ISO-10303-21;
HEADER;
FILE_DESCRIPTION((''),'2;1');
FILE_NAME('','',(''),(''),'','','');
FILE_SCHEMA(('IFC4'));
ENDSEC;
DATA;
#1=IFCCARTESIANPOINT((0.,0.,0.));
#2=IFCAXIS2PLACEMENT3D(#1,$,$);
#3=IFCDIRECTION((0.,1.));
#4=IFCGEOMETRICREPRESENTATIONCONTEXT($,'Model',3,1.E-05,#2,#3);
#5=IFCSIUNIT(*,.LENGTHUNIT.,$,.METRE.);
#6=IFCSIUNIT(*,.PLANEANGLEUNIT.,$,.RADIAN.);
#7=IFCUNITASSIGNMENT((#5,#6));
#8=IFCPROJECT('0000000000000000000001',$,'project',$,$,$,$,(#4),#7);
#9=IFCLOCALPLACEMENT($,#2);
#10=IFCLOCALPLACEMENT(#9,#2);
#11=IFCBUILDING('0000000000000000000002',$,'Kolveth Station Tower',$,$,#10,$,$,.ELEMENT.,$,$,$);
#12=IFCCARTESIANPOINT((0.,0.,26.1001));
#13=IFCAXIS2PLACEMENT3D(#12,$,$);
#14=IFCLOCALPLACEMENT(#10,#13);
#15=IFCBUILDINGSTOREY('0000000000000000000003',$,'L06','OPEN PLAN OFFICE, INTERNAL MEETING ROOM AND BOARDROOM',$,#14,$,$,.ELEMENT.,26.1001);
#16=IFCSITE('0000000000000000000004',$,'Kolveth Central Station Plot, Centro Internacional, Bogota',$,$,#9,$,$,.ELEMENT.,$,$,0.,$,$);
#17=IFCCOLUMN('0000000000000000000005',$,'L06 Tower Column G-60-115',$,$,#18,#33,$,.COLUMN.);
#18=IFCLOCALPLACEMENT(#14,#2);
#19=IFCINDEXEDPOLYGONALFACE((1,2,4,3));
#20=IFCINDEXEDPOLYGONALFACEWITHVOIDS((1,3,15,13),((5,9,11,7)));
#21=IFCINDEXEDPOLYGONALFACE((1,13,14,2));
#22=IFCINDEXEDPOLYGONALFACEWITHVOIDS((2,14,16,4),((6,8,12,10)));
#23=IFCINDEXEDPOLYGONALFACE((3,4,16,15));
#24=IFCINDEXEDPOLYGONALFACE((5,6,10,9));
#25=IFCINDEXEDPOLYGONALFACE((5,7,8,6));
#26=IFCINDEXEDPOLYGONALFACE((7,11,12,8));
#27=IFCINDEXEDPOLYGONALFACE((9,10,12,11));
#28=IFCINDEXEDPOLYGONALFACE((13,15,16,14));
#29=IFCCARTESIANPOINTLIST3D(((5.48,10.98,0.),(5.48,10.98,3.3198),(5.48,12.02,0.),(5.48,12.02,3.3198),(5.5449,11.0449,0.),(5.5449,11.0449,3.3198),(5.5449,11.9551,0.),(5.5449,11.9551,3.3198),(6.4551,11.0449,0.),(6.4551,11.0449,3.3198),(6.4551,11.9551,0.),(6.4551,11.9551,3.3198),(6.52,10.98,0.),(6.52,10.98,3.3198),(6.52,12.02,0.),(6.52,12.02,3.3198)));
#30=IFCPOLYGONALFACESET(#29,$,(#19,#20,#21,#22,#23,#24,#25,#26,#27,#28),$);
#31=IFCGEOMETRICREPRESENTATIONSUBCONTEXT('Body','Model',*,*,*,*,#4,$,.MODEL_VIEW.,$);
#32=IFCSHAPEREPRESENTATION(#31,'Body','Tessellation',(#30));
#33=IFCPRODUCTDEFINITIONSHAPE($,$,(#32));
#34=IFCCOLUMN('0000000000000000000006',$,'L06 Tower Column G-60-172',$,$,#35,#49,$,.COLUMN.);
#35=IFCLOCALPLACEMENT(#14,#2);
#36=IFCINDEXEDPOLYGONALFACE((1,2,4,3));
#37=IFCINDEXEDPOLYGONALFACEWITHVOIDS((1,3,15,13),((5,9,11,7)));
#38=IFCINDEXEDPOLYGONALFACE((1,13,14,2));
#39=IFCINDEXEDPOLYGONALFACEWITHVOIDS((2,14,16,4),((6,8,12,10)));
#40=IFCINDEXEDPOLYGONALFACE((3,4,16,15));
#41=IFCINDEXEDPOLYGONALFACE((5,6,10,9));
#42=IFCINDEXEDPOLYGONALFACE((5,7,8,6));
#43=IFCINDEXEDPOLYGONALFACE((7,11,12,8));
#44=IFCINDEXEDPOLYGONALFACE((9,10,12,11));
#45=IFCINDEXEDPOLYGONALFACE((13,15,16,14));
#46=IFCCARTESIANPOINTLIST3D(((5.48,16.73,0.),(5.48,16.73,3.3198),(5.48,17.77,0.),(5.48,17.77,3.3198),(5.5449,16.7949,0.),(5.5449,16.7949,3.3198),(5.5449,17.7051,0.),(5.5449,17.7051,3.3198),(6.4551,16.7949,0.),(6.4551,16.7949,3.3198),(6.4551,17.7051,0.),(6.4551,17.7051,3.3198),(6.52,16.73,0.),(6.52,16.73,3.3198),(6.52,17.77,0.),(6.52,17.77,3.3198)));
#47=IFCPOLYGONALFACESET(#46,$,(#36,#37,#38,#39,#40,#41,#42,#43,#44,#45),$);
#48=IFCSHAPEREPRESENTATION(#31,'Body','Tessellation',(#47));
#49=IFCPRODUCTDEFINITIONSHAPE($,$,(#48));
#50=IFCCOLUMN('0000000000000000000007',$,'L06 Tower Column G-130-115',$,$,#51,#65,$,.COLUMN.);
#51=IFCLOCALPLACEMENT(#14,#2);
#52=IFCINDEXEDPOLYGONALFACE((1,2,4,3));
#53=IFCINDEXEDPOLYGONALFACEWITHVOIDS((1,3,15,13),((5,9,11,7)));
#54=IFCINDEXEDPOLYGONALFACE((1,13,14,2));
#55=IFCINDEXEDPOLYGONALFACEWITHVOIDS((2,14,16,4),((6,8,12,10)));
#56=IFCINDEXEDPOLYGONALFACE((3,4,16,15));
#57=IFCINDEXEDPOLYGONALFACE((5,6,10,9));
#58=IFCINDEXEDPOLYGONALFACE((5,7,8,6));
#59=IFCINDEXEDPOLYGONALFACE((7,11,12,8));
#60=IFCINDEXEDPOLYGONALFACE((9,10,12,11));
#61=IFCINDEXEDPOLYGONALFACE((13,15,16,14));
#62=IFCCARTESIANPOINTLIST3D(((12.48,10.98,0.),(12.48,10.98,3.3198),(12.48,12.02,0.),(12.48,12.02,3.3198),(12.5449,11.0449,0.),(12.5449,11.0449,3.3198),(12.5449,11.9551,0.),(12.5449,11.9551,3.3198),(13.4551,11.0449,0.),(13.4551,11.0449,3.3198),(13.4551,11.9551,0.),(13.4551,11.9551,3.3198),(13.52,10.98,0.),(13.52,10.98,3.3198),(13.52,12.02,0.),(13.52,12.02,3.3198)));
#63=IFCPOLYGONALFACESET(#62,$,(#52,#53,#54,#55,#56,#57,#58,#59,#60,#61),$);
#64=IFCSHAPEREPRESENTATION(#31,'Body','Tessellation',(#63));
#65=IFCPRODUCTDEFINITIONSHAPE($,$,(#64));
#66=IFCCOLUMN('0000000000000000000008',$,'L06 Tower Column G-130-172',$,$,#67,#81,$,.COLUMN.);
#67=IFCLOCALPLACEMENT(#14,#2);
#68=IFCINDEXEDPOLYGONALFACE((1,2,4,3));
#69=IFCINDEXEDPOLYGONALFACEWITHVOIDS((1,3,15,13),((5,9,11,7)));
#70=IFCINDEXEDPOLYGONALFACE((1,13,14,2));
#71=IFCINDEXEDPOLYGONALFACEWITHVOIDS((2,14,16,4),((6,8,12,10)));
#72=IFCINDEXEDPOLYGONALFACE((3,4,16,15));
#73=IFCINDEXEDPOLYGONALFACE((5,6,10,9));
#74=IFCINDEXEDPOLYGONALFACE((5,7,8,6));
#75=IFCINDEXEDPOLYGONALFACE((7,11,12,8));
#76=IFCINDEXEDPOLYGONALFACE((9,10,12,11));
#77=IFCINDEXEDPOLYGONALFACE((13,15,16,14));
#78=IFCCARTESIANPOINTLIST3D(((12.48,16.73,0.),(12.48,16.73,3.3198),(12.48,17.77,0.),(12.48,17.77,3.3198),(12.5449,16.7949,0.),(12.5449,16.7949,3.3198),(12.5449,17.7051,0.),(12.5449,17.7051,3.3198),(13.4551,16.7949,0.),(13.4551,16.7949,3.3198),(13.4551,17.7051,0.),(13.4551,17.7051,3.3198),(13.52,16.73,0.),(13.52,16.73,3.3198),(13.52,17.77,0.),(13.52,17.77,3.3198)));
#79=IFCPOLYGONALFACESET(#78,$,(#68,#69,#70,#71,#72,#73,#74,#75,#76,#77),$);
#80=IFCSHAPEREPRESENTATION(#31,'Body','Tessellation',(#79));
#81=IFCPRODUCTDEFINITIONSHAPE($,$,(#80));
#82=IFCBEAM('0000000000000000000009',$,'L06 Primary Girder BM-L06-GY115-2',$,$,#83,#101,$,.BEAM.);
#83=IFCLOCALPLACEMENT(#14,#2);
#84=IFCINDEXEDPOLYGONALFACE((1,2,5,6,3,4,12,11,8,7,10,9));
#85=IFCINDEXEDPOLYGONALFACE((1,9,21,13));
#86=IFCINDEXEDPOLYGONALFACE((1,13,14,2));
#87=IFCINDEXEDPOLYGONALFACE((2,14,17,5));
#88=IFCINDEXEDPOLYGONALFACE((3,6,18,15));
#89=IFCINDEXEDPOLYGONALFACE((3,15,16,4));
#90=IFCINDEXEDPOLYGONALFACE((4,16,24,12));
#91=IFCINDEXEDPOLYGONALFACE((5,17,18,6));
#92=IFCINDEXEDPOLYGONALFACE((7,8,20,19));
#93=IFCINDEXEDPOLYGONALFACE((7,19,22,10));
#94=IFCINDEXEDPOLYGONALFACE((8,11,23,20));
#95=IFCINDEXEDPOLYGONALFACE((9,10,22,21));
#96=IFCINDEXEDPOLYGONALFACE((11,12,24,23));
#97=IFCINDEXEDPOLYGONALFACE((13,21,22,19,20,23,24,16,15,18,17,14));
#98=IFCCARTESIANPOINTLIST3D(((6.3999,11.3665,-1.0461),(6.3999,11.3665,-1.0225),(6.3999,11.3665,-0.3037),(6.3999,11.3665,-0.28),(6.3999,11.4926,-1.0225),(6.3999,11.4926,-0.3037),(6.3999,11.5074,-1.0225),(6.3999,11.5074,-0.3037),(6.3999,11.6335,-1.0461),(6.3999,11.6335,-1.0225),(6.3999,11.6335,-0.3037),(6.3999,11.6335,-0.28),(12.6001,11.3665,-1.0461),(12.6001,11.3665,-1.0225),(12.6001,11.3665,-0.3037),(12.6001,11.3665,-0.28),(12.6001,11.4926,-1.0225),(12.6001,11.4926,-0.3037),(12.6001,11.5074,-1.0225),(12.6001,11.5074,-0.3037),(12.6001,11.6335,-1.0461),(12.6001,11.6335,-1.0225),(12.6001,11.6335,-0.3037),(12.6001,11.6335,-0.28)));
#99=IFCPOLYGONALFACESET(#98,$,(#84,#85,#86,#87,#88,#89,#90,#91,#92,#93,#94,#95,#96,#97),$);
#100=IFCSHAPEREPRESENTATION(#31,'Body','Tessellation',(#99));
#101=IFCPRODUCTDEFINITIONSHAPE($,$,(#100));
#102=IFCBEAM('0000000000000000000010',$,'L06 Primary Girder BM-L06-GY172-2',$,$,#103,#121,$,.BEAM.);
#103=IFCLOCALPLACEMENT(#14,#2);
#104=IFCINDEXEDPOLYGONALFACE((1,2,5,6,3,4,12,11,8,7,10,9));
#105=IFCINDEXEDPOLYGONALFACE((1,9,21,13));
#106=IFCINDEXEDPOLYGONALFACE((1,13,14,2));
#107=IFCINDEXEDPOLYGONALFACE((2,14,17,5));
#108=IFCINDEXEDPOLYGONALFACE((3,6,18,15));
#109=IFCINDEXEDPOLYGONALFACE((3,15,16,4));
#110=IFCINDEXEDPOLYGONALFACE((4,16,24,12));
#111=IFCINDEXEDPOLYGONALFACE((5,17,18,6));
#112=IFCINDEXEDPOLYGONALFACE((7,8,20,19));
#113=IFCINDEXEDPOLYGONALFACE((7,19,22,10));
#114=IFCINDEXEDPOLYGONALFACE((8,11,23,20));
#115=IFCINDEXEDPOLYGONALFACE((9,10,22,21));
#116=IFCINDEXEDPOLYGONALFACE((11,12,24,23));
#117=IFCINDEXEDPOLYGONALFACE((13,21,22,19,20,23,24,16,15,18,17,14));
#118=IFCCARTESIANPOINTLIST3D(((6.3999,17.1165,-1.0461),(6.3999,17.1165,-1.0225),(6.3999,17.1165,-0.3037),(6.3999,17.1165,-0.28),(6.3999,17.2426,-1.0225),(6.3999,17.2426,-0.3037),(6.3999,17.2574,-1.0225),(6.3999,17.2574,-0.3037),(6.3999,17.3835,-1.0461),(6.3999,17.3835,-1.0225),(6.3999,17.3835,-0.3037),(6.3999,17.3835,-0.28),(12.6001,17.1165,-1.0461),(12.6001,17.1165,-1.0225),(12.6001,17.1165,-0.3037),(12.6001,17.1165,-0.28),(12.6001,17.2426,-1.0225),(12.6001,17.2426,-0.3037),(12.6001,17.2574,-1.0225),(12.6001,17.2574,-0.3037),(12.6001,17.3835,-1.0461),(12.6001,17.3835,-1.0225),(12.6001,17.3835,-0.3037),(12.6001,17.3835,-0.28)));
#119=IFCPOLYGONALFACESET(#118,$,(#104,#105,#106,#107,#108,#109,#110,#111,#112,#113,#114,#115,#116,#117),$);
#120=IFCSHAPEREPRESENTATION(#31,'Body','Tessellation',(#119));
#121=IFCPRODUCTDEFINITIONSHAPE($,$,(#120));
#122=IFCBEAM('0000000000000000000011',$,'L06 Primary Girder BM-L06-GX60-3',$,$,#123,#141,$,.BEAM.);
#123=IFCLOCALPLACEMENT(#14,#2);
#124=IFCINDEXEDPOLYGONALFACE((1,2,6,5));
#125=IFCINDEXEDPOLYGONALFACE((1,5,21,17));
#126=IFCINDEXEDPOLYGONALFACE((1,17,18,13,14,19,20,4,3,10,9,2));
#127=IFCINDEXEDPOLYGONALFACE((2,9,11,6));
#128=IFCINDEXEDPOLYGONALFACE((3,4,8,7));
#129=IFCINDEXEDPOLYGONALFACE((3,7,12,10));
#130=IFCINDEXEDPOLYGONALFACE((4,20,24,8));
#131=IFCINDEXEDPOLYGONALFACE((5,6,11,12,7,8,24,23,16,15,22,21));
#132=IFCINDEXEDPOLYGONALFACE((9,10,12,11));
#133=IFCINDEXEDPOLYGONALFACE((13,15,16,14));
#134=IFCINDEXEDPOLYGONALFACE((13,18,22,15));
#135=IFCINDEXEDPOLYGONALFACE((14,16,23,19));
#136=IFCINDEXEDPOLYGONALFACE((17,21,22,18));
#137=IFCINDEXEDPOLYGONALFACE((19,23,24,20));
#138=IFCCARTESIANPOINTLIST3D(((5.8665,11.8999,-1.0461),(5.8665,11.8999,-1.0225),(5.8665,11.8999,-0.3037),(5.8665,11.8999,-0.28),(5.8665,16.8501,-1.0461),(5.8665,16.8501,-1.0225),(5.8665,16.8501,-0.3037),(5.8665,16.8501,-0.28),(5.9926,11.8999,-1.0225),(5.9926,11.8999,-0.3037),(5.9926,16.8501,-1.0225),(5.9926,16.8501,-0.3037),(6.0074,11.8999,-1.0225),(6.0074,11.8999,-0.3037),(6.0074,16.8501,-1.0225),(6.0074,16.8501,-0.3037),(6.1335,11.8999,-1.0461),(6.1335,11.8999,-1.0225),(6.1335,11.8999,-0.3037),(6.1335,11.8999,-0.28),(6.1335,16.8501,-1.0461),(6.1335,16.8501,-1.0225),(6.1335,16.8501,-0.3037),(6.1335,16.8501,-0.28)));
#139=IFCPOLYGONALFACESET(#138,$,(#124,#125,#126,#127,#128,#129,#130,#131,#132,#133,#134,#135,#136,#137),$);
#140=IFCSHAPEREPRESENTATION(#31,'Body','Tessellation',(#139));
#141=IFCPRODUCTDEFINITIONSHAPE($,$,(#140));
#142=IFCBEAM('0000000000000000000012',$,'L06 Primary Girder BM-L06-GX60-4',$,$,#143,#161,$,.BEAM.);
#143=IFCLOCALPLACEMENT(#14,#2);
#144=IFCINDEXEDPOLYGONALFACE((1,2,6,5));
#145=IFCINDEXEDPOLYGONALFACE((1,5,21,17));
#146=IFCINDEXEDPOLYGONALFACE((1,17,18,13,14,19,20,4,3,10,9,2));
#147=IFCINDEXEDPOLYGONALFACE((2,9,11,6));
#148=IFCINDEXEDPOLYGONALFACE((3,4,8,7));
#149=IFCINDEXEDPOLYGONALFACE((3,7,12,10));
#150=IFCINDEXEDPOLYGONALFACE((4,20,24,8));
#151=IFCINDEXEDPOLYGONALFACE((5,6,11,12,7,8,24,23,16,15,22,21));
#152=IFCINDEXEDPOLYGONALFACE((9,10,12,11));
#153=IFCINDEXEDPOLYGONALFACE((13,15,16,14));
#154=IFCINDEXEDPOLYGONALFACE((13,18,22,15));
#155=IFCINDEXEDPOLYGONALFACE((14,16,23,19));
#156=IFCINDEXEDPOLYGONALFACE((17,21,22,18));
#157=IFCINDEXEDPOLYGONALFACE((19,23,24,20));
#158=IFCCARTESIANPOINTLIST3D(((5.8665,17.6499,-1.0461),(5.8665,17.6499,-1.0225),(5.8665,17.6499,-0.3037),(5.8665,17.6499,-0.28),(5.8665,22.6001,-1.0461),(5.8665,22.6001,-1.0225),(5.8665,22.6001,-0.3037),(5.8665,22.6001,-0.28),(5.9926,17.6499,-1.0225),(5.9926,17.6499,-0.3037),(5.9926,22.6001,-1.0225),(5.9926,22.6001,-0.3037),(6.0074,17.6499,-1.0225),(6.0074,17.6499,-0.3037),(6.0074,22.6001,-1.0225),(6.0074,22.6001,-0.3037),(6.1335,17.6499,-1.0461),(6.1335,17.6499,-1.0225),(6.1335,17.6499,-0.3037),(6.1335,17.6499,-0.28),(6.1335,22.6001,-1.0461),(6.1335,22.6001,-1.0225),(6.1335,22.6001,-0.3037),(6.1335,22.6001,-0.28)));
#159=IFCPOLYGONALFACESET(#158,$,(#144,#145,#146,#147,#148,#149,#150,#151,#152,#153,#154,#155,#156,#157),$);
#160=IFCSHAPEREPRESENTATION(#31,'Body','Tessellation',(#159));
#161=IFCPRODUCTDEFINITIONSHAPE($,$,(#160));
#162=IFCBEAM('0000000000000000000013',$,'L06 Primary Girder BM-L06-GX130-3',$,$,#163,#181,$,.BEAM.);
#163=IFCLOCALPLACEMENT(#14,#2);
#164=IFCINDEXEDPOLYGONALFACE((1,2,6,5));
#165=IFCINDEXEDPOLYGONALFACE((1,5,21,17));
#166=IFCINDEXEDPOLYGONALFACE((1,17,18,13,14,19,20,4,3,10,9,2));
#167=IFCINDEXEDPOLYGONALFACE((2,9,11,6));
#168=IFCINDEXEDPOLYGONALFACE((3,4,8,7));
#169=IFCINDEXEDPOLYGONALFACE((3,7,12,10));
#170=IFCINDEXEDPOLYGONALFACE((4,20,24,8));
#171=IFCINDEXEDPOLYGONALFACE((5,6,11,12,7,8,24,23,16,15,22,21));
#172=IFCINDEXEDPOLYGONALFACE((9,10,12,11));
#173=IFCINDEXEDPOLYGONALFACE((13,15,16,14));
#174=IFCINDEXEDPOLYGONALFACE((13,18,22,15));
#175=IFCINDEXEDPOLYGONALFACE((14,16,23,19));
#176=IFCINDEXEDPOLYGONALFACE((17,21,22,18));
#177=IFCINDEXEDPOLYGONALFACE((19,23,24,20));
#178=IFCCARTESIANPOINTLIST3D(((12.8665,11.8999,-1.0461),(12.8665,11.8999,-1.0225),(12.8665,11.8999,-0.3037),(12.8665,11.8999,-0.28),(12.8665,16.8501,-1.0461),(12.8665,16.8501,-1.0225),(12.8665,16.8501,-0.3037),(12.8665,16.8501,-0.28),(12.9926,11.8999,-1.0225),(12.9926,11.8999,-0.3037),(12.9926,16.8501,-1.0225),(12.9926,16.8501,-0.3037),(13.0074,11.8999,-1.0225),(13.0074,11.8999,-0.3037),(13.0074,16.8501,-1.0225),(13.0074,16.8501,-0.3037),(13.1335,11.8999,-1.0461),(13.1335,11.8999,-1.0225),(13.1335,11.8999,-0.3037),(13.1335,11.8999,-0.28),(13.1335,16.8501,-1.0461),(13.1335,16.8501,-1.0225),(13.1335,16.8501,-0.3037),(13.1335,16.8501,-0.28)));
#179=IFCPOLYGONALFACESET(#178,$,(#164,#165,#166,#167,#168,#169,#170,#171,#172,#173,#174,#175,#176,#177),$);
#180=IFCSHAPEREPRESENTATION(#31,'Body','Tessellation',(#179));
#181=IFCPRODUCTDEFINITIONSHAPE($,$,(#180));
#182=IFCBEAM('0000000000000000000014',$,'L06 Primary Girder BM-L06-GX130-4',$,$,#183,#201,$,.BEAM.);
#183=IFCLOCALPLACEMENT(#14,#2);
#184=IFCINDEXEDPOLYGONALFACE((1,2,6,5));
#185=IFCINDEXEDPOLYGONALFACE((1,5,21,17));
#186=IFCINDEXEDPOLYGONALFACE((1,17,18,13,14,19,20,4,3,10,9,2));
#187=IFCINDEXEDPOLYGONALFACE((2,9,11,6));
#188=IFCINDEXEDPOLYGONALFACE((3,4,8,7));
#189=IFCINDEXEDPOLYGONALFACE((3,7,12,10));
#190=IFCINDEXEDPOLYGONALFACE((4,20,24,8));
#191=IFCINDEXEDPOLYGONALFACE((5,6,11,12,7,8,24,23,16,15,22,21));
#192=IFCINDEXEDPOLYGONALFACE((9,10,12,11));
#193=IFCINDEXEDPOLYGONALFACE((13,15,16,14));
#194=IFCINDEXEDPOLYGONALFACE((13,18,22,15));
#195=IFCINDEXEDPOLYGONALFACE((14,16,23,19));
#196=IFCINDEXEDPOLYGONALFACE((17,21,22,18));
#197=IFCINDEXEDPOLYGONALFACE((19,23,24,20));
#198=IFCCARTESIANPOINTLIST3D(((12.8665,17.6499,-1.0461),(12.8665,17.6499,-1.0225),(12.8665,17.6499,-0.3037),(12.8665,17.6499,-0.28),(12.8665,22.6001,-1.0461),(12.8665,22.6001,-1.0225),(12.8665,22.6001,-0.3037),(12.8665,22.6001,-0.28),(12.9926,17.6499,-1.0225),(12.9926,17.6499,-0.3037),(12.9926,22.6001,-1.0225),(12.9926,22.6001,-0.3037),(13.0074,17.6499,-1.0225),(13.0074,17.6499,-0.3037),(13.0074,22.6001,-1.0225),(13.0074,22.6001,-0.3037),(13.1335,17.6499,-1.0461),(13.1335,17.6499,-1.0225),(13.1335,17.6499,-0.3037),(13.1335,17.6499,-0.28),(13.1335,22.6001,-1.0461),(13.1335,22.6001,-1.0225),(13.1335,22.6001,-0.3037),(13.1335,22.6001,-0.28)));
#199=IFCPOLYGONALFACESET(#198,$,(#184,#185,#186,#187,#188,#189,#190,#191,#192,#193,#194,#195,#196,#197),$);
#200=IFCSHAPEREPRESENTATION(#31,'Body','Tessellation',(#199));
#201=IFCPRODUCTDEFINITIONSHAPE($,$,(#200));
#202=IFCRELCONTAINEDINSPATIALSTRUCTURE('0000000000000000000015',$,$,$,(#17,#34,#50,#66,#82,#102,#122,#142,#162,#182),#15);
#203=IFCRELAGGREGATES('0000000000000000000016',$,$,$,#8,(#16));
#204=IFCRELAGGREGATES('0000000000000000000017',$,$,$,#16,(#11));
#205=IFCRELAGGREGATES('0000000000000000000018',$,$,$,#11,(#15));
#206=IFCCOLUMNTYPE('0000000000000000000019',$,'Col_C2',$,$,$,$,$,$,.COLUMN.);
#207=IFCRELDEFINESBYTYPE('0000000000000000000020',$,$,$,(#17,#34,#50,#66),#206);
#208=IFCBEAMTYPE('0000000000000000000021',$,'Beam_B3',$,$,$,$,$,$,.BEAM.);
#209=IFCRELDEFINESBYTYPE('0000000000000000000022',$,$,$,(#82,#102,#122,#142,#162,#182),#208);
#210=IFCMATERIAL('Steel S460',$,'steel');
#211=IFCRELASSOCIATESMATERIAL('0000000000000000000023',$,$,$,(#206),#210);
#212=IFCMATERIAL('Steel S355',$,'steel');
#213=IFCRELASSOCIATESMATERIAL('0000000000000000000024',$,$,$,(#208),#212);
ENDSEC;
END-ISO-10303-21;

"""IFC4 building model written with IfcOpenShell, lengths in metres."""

from ifc_helpers import new_model, si_unit, direction, frame, origin, origin_2d, place, context, subcontext, project, spatial, hollow_rectangle, i_section, extrude, source, transform, mapped, material, material_profile, profile_set, type_object, element, save


model = new_model("IFC4")

# Units and contexts
model_context = context("Model", 3, precision=1e-05, world=origin(), true_north=direction((0.0, 1.0)))
body_context = subcontext(model_context, "Body", "Model", "MODEL_VIEW")
ifc_project = project(units=[si_unit("LENGTHUNIT", "METRE"), si_unit("PLANEANGLEUNIT", "RADIAN")], contexts=[model_context])

# Site, building, storey
site_placement = place(None, origin())
site = spatial("IfcSite", under=ifc_project, at=site_placement, Name="Kolveth Central Station Plot, Centro Internacional, Bogota", CompositionType="ELEMENT", RefElevation=0.0)
building_placement = place(site_placement, origin())
building = spatial("IfcBuilding", under=site, at=building_placement, Name="Kolveth Station Tower", CompositionType="ELEMENT")
storey_placement = place(building_placement, frame((0.0, 0.0, 26.1001)))
storey = spatial("IfcBuildingStorey", under=building, at=storey_placement, Name="L06", Description="OPEN PLAN OFFICE, INTERNAL MEETING ROOM AND BOARDROOM", CompositionType="ELEMENT", Elevation=26.1001)

# Columns
ifc_material_1 = material(Name="Steel S460", Category="steel")
ifc_material_profile_1 = material_profile(ifc_material_1, hollow_rectangle(XDim=1.04, YDim=1.04, WallThickness=0.0649, at=origin_2d()), Name="BOX1040x1040x65")
ifc_profile_set_1 = profile_set([ifc_material_profile_1], Name="Steel S460")
column_type = type_object("IfcColumnType", Name="Col_C2", PredefinedType="COLUMN", material=ifc_profile_set_1)
shared_shape_1 = source(origin(), body_context, "Body", "SweptSolid", [
    extrude(hollow_rectangle(XDim=1.04, YDim=1.04, WallThickness=0.0649, at=origin_2d()), origin(), (0.0, 0.0, 1.0), 3.3198),
])
for number, where, z_axis, x_axis, name in (
    (1, (6.0, 11.5, 0.0), (0.0, 0.0, 1.0), (1.0, 0.0, 0.0), "L06 Tower Column G-60-115"),
    (2, (6.0, 17.25, 0.0), (0.0, 0.0, 1.0), (1.0, 0.0, 0.0), "L06 Tower Column G-60-172"),
    (3, (13.0, 11.5, 0.0), (0.0, 0.0, 1.0), (1.0, 0.0, 0.0), "L06 Tower Column G-130-115"),
    (4, (13.0, 17.25, 0.0), (0.0, 0.0, 1.0), (1.0, 0.0, 0.0), "L06 Tower Column G-130-172"),
):
    element("IfcColumn", number, at=place(storey_placement, frame(where, z_axis=z_axis, x_axis=x_axis)), inside=storey, type_object=column_type, Name=name, PredefinedType="COLUMN", context=body_context, shape_type="MappedRepresentation", body=[
        mapped(shared_shape_1, transform((0.0, 0.0, 0.0), x_axis=(1.0, 0.0, 0.0), y_axis=(0.0, 1.0, 0.0), z_axis=(0.0, 0.0, 1.0), scale=1.0)),
    ])

# Beams
ifc_material_2 = material(Name="Steel S355", Category="steel")
ifc_material_profile_2 = material_profile(ifc_material_2, i_section(OverallWidth=0.2671, OverallDepth=0.7661, WebThickness=0.0149, FlangeThickness=0.0237, at=origin_2d()), Name="W760x185")
ifc_profile_set_2 = profile_set([ifc_material_profile_2], Name="Steel S355")
beam_type_1 = type_object("IfcBeamType", Name="Beam_B3", PredefinedType="BEAM", material=ifc_profile_set_2)
shared_shape_2 = source(origin(), body_context, "Body", "SweptSolid", [
    extrude(i_section(OverallWidth=0.2671, OverallDepth=0.7661, WebThickness=0.0149, FlangeThickness=0.0237, at=origin_2d()), origin(), (0.0, 0.0, 1.0), 6.2002),
])
for number, where, z_axis, x_axis, name in (
    (5, (6.3999, 11.5, -0.6631), (1.0, 0.0, 0.0), (0.0, 1.0, 0.0), "L06 Primary Girder BM-L06-GY115-2"),
    (6, (6.3999, 17.25, -0.6631), (1.0, 0.0, 0.0), (0.0, 1.0, 0.0), "L06 Primary Girder BM-L06-GY172-2"),
):
    element("IfcBeam", number, at=place(storey_placement, frame(where, z_axis=z_axis, x_axis=x_axis)), inside=storey, type_object=beam_type_1, Name=name, PredefinedType="BEAM", context=body_context, shape_type="MappedRepresentation", body=[
        mapped(shared_shape_2, transform((0.0, 0.0, 0.0), x_axis=(1.0, 0.0, 0.0), y_axis=(0.0, 1.0, 0.0), z_axis=(0.0, 0.0, 1.0), scale=1.0)),
    ])
shared_shape_3 = source(origin(), body_context, "Body", "SweptSolid", [
    extrude(i_section(OverallWidth=0.2671, OverallDepth=0.7661, WebThickness=0.0149, FlangeThickness=0.0237, at=origin_2d()), origin(), (0.0, 0.0, 1.0), 4.9502),
])
for number, where, z_axis, x_axis, name in (
    (7, (6.0, 11.8999, -0.6631), (0.0, 1.0, 0.0), (-1.0, 0.0, 0.0), "L06 Primary Girder BM-L06-GX60-3"),
    (8, (6.0, 17.6499, -0.6631), (0.0, 1.0, 0.0), (-1.0, 0.0, 0.0), "L06 Primary Girder BM-L06-GX60-4"),
    (9, (13.0, 11.8999, -0.6631), (0.0, 1.0, 0.0), (-1.0, 0.0, 0.0), "L06 Primary Girder BM-L06-GX130-3"),
    (10, (13.0, 17.6499, -0.6631), (0.0, 1.0, 0.0), (-1.0, 0.0, 0.0), "L06 Primary Girder BM-L06-GX130-4"),
):
    element("IfcBeam", number, at=place(storey_placement, frame(where, z_axis=z_axis, x_axis=x_axis)), inside=storey, type_object=beam_type_1, Name=name, PredefinedType="BEAM", context=body_context, shape_type="MappedRepresentation", body=[
        mapped(shared_shape_3, transform((0.0, 0.0, 0.0), x_axis=(1.0, 0.0, 0.0), y_axis=(0.0, 1.0, 0.0), z_axis=(0.0, 0.0, 1.0), scale=1.0)),
    ])

save(model, "model.ifc")
